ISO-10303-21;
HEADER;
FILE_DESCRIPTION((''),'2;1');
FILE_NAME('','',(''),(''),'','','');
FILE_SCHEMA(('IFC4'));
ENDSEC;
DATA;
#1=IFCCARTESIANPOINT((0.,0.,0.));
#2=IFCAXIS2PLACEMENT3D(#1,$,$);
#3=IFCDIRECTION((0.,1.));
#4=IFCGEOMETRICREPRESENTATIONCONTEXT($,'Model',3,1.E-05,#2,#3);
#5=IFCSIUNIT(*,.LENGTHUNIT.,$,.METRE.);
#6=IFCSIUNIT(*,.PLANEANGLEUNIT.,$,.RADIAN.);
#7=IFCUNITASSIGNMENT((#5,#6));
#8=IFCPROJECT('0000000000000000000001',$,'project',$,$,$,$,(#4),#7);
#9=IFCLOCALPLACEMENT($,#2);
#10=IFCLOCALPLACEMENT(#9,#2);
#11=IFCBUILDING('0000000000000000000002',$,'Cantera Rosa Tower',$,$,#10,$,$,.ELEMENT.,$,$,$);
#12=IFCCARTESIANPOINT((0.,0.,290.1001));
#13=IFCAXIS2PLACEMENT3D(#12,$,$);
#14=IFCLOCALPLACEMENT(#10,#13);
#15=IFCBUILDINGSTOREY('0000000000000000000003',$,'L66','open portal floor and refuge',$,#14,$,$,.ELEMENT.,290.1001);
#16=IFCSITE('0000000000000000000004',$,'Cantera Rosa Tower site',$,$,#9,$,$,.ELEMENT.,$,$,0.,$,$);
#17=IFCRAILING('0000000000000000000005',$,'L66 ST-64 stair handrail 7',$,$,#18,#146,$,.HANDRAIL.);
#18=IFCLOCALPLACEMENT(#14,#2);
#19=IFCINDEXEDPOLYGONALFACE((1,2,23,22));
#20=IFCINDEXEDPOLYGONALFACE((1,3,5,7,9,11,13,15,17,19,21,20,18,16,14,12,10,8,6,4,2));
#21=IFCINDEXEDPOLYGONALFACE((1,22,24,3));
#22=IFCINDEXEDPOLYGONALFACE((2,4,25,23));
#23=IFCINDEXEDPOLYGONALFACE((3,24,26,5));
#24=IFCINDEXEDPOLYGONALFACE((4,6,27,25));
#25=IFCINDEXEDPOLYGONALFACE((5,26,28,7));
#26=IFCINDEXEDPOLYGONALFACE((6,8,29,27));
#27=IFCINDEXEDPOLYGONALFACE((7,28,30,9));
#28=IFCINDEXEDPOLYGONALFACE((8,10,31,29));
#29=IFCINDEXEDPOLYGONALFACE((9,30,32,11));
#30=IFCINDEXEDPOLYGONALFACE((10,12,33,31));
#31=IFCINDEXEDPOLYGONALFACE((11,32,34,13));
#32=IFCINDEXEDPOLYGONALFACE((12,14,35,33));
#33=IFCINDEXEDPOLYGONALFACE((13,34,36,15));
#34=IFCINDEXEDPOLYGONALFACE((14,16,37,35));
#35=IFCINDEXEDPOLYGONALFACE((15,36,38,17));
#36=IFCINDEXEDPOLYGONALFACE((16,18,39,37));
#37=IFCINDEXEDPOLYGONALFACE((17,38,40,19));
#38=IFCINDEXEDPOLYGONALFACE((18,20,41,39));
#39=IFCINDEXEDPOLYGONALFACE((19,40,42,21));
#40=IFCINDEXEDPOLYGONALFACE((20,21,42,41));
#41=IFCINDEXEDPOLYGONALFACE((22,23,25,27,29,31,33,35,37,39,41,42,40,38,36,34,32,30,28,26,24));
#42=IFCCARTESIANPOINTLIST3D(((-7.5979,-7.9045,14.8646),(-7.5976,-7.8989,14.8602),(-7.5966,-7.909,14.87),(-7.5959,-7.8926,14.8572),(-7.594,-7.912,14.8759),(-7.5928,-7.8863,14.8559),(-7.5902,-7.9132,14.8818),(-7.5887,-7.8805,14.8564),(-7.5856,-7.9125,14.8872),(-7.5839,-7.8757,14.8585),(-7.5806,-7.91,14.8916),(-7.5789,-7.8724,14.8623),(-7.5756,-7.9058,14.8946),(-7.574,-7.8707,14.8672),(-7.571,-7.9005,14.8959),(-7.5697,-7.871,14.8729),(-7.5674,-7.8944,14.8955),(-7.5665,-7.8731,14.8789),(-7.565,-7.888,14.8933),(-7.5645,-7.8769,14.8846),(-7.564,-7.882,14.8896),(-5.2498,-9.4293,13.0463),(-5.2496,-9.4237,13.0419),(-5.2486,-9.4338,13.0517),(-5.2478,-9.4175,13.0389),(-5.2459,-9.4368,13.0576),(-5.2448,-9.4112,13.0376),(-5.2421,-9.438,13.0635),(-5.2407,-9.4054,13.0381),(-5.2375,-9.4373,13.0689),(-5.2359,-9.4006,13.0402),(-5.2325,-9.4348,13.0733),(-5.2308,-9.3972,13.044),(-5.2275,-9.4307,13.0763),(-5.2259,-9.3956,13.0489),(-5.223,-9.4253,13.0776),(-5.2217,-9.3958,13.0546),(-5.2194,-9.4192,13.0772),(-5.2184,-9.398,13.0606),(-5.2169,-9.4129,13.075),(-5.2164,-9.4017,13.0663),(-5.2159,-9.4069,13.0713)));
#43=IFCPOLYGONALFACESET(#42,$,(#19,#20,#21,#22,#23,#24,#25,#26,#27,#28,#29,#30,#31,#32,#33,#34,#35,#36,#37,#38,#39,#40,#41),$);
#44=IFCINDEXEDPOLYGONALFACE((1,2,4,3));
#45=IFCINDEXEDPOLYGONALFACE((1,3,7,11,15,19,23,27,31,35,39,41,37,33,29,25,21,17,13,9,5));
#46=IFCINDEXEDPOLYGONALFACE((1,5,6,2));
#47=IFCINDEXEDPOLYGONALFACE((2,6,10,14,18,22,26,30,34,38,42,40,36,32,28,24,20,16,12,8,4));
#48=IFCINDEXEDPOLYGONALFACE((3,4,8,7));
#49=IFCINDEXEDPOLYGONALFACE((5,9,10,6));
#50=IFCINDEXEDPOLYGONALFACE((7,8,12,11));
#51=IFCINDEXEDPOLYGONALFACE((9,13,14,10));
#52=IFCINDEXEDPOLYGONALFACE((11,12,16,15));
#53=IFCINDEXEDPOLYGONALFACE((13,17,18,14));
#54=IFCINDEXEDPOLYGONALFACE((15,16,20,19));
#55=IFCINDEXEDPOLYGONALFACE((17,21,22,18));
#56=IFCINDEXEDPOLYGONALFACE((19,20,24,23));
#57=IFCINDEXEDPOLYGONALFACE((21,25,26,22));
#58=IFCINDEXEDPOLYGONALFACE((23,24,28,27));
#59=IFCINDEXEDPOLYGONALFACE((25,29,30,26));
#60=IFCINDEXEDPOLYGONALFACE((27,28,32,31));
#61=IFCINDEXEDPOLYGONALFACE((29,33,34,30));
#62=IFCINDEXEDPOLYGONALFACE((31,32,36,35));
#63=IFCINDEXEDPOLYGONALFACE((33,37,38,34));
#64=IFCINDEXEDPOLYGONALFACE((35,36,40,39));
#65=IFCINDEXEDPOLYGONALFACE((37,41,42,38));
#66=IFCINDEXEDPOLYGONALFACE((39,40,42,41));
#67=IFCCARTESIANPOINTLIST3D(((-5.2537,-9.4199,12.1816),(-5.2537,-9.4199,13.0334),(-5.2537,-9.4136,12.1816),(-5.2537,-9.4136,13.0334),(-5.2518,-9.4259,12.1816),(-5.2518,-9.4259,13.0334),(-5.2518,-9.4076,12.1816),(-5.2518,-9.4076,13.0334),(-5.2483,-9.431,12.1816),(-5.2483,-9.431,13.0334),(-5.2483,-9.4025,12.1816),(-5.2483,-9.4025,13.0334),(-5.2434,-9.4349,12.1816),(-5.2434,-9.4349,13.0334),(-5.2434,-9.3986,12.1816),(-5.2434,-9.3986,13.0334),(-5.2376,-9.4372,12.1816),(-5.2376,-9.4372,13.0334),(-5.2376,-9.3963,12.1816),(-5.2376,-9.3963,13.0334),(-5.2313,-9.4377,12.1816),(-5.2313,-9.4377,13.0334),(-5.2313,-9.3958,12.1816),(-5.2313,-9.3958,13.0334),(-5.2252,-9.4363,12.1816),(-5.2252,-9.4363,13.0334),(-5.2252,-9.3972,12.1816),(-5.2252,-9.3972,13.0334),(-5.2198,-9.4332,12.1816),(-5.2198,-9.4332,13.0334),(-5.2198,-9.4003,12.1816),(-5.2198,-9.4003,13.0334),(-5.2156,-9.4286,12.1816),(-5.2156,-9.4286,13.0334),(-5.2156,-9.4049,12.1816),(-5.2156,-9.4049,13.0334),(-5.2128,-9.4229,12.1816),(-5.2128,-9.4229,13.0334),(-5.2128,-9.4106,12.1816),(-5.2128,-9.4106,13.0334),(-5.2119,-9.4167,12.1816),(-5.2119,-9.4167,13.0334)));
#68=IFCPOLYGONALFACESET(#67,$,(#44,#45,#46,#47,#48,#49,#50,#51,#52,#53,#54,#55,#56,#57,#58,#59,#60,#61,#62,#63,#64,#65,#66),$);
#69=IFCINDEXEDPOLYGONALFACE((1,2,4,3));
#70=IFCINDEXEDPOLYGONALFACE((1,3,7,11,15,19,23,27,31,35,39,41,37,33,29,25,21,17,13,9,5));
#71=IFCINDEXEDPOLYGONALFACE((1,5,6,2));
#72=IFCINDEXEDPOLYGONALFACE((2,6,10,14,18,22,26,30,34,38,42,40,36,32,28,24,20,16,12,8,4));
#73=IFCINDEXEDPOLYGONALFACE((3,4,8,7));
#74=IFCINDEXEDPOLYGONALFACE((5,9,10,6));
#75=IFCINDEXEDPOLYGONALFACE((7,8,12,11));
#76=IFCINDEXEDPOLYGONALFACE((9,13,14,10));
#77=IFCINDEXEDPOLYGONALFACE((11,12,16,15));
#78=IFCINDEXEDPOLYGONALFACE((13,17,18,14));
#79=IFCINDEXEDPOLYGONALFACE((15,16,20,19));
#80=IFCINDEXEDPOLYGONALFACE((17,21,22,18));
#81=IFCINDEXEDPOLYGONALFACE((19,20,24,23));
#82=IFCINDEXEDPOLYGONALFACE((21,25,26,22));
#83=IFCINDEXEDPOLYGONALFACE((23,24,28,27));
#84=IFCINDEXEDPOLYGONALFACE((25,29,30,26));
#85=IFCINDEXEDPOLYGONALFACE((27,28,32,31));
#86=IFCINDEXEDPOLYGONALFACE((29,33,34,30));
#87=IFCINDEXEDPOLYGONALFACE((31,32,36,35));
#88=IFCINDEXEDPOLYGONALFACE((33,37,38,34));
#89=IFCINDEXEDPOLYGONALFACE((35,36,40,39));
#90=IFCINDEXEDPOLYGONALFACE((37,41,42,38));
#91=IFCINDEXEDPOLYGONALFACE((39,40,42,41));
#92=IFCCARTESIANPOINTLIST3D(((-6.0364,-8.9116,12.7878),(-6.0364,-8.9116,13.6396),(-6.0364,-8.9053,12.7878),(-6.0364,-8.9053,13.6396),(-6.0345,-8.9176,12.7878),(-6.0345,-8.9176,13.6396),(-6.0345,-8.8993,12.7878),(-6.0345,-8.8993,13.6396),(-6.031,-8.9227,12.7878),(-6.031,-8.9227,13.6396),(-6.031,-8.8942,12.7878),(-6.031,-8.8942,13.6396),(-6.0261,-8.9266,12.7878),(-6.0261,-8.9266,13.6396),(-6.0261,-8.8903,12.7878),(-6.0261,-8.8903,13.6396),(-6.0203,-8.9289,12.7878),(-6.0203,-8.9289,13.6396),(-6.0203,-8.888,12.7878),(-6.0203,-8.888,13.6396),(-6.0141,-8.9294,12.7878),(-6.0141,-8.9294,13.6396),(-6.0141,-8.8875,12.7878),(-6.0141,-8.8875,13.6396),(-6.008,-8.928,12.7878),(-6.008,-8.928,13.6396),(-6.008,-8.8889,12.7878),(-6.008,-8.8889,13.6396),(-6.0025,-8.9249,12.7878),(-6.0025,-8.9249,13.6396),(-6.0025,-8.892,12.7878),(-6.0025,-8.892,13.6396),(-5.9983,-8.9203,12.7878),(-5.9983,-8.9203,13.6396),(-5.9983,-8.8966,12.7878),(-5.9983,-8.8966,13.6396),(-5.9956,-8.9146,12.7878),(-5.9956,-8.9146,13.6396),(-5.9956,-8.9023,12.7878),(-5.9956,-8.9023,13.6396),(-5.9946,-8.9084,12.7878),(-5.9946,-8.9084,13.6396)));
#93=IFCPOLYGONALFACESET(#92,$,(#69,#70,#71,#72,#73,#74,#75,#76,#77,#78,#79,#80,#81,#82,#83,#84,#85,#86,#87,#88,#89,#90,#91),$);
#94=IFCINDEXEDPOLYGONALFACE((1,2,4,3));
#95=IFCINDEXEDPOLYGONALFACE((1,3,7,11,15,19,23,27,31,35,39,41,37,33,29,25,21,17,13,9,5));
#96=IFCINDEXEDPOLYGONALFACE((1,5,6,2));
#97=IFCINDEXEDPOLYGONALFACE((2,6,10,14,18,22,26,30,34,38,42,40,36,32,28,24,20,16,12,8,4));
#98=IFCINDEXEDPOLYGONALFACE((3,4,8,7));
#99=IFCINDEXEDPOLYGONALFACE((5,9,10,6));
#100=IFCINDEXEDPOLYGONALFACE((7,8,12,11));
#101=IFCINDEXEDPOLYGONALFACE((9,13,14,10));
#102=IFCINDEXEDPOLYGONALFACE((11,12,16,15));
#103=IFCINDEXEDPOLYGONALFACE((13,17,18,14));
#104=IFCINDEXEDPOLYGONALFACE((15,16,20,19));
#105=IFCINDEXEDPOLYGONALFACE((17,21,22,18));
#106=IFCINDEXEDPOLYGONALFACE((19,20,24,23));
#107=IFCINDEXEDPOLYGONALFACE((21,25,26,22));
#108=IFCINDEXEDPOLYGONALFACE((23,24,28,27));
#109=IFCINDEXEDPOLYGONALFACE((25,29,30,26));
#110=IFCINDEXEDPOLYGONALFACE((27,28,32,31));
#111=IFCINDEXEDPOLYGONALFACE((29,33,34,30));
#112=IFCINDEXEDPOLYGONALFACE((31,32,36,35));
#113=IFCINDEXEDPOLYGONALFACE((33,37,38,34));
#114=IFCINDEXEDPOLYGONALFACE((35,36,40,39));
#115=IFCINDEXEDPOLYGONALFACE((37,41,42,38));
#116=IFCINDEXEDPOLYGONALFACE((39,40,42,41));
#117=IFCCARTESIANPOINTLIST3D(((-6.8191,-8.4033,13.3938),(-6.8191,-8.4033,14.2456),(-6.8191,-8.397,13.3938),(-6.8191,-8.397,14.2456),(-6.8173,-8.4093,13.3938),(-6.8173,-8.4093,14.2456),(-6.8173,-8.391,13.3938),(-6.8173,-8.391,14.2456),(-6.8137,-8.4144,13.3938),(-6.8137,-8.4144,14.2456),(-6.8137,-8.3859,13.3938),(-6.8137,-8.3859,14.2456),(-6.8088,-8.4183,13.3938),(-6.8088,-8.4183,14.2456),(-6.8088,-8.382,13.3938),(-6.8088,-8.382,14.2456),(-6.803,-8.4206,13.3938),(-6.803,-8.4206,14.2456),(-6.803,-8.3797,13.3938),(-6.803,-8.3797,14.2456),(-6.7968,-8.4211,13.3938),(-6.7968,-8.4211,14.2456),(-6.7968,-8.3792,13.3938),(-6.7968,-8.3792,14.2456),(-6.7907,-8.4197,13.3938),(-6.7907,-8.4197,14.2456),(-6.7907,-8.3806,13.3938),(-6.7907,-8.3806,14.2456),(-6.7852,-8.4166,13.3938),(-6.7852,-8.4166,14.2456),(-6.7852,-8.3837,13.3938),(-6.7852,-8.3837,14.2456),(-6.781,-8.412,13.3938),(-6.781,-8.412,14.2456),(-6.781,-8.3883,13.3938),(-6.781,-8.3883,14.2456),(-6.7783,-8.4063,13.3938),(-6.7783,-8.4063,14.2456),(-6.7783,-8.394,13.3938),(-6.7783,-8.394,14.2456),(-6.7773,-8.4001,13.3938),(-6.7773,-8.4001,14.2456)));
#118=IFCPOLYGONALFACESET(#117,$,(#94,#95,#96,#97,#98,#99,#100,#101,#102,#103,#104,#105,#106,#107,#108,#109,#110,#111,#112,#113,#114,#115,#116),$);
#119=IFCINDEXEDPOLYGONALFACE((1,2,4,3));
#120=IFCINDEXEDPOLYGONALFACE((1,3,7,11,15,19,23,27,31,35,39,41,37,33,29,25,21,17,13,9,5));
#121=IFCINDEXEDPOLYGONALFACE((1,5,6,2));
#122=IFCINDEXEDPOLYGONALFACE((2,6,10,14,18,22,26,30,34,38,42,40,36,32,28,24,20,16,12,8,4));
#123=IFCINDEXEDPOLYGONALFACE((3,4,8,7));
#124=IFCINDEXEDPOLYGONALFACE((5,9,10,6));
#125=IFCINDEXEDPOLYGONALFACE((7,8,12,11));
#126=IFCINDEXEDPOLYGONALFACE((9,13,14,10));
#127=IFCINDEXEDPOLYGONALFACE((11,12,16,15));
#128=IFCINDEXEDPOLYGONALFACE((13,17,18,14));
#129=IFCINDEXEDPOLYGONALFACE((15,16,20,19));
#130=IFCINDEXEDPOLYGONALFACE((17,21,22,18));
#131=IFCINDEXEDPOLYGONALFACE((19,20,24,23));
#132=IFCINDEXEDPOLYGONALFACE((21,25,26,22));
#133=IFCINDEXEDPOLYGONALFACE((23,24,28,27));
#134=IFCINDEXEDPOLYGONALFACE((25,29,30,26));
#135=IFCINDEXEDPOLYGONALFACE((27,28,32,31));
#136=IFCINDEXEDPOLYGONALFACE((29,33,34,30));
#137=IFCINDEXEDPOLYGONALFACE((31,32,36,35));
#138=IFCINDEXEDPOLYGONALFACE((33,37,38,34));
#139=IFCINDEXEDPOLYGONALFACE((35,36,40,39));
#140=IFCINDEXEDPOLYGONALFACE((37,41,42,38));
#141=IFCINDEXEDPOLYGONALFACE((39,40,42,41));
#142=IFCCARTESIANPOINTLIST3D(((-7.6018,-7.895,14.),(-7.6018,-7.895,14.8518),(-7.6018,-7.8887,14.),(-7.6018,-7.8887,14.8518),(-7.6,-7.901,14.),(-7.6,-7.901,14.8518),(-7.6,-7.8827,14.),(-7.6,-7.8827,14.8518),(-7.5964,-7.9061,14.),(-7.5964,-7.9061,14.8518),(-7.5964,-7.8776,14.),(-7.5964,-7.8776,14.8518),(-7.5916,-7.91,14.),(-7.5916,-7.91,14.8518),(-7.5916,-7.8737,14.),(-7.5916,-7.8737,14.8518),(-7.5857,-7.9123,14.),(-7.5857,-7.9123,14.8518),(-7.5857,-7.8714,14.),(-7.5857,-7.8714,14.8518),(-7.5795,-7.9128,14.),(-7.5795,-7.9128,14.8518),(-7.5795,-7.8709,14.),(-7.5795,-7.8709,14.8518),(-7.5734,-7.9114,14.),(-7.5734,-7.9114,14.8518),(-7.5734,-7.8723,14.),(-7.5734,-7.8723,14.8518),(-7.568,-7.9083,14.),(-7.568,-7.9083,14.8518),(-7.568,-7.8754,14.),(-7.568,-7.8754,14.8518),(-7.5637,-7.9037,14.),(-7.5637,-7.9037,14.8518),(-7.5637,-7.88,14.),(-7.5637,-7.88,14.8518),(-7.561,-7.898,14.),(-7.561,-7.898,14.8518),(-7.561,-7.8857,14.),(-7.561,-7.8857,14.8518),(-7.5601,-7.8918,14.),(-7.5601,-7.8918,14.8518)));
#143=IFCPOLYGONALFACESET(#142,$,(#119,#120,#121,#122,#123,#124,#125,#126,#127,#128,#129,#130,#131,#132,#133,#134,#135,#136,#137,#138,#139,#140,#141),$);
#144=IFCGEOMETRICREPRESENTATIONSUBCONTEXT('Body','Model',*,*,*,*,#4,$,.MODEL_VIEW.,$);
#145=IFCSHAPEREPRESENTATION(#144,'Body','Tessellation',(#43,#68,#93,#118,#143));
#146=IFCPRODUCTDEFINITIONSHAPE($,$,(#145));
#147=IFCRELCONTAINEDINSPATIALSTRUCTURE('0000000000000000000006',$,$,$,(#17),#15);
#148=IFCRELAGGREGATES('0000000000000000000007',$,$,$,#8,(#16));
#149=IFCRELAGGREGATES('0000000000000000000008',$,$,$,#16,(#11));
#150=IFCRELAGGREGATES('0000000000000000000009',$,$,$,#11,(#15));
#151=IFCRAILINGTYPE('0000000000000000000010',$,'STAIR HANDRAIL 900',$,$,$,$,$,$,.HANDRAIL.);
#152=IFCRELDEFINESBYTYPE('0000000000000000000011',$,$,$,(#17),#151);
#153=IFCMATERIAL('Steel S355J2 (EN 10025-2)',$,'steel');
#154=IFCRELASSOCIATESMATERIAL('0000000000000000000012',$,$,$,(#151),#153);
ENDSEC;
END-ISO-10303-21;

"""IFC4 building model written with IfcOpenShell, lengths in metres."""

from ifc_helpers import new_model, si_unit, direction, frame, origin, origin_2d, place, context, subcontext, project, spatial, circle, extrude, material, type_object, element, save


model = new_model("IFC4")

# Units and contexts
model_context = context("Model", 3, precision=1e-05, world=origin(), true_north=direction((0.0, 1.0)))
body_context = subcontext(model_context, "Body", "Model", "MODEL_VIEW")
ifc_project = project(units=[si_unit("LENGTHUNIT", "METRE"), si_unit("PLANEANGLEUNIT", "RADIAN")], contexts=[model_context])

# Site, building, storey
site_placement = place(None, origin())
site = spatial("IfcSite", under=ifc_project, at=site_placement, Name="Cantera Rosa Tower site", CompositionType="ELEMENT", RefElevation=0.0)
building_placement = place(site_placement, origin())
building = spatial("IfcBuilding", under=site, at=building_placement, Name="Cantera Rosa Tower", CompositionType="ELEMENT")
storey_placement = place(building_placement, frame((0.0, 0.0, 290.1001)))
storey = spatial("IfcBuildingStorey", under=building, at=storey_placement, Name="L66", Description="open portal floor and refuge", CompositionType="ELEMENT", Elevation=290.1001)

# Railing
ifc_material_1 = material(Name="Steel S355J2 (EN 10025-2)", Category="steel")
railing_type_1 = type_object("IfcRailingType", Name="STAIR HANDRAIL 900", PredefinedType="HANDRAIL", material=ifc_material_1)
for number, where, name in (
    (1, (-5.2329, -9.4167, 12.1816), "L66 ST-64 stair handrail 7"),
):
    element("IfcRailing", number, at=place(storey_placement, frame(where)), inside=storey, type_object=railing_type_1, Name=name, PredefinedType="HANDRAIL", context=body_context, shape_type="SweptSolid", body=[
        extrude(circle(Radius=0.0239, at=origin_2d()), frame((0.0, 0.0, 0.876), z_axis=(-0.703354, 0.456764, 0.544665), x_axis=(-0.544639, -0.838671, 0.0)), (0.0, 0.0, 1.0), 3.3384),
        extrude(circle(Radius=0.021, at=origin_2d()), origin(), (0.0, 0.0, 1.0), 0.8518),
        extrude(circle(Radius=0.021, at=origin_2d()), frame((-0.7827, 0.5083, 0.6062)), (0.0, 0.0, 1.0), 0.8518),
        extrude(circle(Radius=0.021, at=origin_2d()), frame((-1.5654, 1.0166, 1.2122)), (0.0, 0.0, 1.0), 0.8518),
        extrude(circle(Radius=0.021, at=origin_2d()), frame((-2.3481, 1.5249, 1.8184)), (0.0, 0.0, 1.0), 0.8518),
    ])

save(model, "model.ifc")
